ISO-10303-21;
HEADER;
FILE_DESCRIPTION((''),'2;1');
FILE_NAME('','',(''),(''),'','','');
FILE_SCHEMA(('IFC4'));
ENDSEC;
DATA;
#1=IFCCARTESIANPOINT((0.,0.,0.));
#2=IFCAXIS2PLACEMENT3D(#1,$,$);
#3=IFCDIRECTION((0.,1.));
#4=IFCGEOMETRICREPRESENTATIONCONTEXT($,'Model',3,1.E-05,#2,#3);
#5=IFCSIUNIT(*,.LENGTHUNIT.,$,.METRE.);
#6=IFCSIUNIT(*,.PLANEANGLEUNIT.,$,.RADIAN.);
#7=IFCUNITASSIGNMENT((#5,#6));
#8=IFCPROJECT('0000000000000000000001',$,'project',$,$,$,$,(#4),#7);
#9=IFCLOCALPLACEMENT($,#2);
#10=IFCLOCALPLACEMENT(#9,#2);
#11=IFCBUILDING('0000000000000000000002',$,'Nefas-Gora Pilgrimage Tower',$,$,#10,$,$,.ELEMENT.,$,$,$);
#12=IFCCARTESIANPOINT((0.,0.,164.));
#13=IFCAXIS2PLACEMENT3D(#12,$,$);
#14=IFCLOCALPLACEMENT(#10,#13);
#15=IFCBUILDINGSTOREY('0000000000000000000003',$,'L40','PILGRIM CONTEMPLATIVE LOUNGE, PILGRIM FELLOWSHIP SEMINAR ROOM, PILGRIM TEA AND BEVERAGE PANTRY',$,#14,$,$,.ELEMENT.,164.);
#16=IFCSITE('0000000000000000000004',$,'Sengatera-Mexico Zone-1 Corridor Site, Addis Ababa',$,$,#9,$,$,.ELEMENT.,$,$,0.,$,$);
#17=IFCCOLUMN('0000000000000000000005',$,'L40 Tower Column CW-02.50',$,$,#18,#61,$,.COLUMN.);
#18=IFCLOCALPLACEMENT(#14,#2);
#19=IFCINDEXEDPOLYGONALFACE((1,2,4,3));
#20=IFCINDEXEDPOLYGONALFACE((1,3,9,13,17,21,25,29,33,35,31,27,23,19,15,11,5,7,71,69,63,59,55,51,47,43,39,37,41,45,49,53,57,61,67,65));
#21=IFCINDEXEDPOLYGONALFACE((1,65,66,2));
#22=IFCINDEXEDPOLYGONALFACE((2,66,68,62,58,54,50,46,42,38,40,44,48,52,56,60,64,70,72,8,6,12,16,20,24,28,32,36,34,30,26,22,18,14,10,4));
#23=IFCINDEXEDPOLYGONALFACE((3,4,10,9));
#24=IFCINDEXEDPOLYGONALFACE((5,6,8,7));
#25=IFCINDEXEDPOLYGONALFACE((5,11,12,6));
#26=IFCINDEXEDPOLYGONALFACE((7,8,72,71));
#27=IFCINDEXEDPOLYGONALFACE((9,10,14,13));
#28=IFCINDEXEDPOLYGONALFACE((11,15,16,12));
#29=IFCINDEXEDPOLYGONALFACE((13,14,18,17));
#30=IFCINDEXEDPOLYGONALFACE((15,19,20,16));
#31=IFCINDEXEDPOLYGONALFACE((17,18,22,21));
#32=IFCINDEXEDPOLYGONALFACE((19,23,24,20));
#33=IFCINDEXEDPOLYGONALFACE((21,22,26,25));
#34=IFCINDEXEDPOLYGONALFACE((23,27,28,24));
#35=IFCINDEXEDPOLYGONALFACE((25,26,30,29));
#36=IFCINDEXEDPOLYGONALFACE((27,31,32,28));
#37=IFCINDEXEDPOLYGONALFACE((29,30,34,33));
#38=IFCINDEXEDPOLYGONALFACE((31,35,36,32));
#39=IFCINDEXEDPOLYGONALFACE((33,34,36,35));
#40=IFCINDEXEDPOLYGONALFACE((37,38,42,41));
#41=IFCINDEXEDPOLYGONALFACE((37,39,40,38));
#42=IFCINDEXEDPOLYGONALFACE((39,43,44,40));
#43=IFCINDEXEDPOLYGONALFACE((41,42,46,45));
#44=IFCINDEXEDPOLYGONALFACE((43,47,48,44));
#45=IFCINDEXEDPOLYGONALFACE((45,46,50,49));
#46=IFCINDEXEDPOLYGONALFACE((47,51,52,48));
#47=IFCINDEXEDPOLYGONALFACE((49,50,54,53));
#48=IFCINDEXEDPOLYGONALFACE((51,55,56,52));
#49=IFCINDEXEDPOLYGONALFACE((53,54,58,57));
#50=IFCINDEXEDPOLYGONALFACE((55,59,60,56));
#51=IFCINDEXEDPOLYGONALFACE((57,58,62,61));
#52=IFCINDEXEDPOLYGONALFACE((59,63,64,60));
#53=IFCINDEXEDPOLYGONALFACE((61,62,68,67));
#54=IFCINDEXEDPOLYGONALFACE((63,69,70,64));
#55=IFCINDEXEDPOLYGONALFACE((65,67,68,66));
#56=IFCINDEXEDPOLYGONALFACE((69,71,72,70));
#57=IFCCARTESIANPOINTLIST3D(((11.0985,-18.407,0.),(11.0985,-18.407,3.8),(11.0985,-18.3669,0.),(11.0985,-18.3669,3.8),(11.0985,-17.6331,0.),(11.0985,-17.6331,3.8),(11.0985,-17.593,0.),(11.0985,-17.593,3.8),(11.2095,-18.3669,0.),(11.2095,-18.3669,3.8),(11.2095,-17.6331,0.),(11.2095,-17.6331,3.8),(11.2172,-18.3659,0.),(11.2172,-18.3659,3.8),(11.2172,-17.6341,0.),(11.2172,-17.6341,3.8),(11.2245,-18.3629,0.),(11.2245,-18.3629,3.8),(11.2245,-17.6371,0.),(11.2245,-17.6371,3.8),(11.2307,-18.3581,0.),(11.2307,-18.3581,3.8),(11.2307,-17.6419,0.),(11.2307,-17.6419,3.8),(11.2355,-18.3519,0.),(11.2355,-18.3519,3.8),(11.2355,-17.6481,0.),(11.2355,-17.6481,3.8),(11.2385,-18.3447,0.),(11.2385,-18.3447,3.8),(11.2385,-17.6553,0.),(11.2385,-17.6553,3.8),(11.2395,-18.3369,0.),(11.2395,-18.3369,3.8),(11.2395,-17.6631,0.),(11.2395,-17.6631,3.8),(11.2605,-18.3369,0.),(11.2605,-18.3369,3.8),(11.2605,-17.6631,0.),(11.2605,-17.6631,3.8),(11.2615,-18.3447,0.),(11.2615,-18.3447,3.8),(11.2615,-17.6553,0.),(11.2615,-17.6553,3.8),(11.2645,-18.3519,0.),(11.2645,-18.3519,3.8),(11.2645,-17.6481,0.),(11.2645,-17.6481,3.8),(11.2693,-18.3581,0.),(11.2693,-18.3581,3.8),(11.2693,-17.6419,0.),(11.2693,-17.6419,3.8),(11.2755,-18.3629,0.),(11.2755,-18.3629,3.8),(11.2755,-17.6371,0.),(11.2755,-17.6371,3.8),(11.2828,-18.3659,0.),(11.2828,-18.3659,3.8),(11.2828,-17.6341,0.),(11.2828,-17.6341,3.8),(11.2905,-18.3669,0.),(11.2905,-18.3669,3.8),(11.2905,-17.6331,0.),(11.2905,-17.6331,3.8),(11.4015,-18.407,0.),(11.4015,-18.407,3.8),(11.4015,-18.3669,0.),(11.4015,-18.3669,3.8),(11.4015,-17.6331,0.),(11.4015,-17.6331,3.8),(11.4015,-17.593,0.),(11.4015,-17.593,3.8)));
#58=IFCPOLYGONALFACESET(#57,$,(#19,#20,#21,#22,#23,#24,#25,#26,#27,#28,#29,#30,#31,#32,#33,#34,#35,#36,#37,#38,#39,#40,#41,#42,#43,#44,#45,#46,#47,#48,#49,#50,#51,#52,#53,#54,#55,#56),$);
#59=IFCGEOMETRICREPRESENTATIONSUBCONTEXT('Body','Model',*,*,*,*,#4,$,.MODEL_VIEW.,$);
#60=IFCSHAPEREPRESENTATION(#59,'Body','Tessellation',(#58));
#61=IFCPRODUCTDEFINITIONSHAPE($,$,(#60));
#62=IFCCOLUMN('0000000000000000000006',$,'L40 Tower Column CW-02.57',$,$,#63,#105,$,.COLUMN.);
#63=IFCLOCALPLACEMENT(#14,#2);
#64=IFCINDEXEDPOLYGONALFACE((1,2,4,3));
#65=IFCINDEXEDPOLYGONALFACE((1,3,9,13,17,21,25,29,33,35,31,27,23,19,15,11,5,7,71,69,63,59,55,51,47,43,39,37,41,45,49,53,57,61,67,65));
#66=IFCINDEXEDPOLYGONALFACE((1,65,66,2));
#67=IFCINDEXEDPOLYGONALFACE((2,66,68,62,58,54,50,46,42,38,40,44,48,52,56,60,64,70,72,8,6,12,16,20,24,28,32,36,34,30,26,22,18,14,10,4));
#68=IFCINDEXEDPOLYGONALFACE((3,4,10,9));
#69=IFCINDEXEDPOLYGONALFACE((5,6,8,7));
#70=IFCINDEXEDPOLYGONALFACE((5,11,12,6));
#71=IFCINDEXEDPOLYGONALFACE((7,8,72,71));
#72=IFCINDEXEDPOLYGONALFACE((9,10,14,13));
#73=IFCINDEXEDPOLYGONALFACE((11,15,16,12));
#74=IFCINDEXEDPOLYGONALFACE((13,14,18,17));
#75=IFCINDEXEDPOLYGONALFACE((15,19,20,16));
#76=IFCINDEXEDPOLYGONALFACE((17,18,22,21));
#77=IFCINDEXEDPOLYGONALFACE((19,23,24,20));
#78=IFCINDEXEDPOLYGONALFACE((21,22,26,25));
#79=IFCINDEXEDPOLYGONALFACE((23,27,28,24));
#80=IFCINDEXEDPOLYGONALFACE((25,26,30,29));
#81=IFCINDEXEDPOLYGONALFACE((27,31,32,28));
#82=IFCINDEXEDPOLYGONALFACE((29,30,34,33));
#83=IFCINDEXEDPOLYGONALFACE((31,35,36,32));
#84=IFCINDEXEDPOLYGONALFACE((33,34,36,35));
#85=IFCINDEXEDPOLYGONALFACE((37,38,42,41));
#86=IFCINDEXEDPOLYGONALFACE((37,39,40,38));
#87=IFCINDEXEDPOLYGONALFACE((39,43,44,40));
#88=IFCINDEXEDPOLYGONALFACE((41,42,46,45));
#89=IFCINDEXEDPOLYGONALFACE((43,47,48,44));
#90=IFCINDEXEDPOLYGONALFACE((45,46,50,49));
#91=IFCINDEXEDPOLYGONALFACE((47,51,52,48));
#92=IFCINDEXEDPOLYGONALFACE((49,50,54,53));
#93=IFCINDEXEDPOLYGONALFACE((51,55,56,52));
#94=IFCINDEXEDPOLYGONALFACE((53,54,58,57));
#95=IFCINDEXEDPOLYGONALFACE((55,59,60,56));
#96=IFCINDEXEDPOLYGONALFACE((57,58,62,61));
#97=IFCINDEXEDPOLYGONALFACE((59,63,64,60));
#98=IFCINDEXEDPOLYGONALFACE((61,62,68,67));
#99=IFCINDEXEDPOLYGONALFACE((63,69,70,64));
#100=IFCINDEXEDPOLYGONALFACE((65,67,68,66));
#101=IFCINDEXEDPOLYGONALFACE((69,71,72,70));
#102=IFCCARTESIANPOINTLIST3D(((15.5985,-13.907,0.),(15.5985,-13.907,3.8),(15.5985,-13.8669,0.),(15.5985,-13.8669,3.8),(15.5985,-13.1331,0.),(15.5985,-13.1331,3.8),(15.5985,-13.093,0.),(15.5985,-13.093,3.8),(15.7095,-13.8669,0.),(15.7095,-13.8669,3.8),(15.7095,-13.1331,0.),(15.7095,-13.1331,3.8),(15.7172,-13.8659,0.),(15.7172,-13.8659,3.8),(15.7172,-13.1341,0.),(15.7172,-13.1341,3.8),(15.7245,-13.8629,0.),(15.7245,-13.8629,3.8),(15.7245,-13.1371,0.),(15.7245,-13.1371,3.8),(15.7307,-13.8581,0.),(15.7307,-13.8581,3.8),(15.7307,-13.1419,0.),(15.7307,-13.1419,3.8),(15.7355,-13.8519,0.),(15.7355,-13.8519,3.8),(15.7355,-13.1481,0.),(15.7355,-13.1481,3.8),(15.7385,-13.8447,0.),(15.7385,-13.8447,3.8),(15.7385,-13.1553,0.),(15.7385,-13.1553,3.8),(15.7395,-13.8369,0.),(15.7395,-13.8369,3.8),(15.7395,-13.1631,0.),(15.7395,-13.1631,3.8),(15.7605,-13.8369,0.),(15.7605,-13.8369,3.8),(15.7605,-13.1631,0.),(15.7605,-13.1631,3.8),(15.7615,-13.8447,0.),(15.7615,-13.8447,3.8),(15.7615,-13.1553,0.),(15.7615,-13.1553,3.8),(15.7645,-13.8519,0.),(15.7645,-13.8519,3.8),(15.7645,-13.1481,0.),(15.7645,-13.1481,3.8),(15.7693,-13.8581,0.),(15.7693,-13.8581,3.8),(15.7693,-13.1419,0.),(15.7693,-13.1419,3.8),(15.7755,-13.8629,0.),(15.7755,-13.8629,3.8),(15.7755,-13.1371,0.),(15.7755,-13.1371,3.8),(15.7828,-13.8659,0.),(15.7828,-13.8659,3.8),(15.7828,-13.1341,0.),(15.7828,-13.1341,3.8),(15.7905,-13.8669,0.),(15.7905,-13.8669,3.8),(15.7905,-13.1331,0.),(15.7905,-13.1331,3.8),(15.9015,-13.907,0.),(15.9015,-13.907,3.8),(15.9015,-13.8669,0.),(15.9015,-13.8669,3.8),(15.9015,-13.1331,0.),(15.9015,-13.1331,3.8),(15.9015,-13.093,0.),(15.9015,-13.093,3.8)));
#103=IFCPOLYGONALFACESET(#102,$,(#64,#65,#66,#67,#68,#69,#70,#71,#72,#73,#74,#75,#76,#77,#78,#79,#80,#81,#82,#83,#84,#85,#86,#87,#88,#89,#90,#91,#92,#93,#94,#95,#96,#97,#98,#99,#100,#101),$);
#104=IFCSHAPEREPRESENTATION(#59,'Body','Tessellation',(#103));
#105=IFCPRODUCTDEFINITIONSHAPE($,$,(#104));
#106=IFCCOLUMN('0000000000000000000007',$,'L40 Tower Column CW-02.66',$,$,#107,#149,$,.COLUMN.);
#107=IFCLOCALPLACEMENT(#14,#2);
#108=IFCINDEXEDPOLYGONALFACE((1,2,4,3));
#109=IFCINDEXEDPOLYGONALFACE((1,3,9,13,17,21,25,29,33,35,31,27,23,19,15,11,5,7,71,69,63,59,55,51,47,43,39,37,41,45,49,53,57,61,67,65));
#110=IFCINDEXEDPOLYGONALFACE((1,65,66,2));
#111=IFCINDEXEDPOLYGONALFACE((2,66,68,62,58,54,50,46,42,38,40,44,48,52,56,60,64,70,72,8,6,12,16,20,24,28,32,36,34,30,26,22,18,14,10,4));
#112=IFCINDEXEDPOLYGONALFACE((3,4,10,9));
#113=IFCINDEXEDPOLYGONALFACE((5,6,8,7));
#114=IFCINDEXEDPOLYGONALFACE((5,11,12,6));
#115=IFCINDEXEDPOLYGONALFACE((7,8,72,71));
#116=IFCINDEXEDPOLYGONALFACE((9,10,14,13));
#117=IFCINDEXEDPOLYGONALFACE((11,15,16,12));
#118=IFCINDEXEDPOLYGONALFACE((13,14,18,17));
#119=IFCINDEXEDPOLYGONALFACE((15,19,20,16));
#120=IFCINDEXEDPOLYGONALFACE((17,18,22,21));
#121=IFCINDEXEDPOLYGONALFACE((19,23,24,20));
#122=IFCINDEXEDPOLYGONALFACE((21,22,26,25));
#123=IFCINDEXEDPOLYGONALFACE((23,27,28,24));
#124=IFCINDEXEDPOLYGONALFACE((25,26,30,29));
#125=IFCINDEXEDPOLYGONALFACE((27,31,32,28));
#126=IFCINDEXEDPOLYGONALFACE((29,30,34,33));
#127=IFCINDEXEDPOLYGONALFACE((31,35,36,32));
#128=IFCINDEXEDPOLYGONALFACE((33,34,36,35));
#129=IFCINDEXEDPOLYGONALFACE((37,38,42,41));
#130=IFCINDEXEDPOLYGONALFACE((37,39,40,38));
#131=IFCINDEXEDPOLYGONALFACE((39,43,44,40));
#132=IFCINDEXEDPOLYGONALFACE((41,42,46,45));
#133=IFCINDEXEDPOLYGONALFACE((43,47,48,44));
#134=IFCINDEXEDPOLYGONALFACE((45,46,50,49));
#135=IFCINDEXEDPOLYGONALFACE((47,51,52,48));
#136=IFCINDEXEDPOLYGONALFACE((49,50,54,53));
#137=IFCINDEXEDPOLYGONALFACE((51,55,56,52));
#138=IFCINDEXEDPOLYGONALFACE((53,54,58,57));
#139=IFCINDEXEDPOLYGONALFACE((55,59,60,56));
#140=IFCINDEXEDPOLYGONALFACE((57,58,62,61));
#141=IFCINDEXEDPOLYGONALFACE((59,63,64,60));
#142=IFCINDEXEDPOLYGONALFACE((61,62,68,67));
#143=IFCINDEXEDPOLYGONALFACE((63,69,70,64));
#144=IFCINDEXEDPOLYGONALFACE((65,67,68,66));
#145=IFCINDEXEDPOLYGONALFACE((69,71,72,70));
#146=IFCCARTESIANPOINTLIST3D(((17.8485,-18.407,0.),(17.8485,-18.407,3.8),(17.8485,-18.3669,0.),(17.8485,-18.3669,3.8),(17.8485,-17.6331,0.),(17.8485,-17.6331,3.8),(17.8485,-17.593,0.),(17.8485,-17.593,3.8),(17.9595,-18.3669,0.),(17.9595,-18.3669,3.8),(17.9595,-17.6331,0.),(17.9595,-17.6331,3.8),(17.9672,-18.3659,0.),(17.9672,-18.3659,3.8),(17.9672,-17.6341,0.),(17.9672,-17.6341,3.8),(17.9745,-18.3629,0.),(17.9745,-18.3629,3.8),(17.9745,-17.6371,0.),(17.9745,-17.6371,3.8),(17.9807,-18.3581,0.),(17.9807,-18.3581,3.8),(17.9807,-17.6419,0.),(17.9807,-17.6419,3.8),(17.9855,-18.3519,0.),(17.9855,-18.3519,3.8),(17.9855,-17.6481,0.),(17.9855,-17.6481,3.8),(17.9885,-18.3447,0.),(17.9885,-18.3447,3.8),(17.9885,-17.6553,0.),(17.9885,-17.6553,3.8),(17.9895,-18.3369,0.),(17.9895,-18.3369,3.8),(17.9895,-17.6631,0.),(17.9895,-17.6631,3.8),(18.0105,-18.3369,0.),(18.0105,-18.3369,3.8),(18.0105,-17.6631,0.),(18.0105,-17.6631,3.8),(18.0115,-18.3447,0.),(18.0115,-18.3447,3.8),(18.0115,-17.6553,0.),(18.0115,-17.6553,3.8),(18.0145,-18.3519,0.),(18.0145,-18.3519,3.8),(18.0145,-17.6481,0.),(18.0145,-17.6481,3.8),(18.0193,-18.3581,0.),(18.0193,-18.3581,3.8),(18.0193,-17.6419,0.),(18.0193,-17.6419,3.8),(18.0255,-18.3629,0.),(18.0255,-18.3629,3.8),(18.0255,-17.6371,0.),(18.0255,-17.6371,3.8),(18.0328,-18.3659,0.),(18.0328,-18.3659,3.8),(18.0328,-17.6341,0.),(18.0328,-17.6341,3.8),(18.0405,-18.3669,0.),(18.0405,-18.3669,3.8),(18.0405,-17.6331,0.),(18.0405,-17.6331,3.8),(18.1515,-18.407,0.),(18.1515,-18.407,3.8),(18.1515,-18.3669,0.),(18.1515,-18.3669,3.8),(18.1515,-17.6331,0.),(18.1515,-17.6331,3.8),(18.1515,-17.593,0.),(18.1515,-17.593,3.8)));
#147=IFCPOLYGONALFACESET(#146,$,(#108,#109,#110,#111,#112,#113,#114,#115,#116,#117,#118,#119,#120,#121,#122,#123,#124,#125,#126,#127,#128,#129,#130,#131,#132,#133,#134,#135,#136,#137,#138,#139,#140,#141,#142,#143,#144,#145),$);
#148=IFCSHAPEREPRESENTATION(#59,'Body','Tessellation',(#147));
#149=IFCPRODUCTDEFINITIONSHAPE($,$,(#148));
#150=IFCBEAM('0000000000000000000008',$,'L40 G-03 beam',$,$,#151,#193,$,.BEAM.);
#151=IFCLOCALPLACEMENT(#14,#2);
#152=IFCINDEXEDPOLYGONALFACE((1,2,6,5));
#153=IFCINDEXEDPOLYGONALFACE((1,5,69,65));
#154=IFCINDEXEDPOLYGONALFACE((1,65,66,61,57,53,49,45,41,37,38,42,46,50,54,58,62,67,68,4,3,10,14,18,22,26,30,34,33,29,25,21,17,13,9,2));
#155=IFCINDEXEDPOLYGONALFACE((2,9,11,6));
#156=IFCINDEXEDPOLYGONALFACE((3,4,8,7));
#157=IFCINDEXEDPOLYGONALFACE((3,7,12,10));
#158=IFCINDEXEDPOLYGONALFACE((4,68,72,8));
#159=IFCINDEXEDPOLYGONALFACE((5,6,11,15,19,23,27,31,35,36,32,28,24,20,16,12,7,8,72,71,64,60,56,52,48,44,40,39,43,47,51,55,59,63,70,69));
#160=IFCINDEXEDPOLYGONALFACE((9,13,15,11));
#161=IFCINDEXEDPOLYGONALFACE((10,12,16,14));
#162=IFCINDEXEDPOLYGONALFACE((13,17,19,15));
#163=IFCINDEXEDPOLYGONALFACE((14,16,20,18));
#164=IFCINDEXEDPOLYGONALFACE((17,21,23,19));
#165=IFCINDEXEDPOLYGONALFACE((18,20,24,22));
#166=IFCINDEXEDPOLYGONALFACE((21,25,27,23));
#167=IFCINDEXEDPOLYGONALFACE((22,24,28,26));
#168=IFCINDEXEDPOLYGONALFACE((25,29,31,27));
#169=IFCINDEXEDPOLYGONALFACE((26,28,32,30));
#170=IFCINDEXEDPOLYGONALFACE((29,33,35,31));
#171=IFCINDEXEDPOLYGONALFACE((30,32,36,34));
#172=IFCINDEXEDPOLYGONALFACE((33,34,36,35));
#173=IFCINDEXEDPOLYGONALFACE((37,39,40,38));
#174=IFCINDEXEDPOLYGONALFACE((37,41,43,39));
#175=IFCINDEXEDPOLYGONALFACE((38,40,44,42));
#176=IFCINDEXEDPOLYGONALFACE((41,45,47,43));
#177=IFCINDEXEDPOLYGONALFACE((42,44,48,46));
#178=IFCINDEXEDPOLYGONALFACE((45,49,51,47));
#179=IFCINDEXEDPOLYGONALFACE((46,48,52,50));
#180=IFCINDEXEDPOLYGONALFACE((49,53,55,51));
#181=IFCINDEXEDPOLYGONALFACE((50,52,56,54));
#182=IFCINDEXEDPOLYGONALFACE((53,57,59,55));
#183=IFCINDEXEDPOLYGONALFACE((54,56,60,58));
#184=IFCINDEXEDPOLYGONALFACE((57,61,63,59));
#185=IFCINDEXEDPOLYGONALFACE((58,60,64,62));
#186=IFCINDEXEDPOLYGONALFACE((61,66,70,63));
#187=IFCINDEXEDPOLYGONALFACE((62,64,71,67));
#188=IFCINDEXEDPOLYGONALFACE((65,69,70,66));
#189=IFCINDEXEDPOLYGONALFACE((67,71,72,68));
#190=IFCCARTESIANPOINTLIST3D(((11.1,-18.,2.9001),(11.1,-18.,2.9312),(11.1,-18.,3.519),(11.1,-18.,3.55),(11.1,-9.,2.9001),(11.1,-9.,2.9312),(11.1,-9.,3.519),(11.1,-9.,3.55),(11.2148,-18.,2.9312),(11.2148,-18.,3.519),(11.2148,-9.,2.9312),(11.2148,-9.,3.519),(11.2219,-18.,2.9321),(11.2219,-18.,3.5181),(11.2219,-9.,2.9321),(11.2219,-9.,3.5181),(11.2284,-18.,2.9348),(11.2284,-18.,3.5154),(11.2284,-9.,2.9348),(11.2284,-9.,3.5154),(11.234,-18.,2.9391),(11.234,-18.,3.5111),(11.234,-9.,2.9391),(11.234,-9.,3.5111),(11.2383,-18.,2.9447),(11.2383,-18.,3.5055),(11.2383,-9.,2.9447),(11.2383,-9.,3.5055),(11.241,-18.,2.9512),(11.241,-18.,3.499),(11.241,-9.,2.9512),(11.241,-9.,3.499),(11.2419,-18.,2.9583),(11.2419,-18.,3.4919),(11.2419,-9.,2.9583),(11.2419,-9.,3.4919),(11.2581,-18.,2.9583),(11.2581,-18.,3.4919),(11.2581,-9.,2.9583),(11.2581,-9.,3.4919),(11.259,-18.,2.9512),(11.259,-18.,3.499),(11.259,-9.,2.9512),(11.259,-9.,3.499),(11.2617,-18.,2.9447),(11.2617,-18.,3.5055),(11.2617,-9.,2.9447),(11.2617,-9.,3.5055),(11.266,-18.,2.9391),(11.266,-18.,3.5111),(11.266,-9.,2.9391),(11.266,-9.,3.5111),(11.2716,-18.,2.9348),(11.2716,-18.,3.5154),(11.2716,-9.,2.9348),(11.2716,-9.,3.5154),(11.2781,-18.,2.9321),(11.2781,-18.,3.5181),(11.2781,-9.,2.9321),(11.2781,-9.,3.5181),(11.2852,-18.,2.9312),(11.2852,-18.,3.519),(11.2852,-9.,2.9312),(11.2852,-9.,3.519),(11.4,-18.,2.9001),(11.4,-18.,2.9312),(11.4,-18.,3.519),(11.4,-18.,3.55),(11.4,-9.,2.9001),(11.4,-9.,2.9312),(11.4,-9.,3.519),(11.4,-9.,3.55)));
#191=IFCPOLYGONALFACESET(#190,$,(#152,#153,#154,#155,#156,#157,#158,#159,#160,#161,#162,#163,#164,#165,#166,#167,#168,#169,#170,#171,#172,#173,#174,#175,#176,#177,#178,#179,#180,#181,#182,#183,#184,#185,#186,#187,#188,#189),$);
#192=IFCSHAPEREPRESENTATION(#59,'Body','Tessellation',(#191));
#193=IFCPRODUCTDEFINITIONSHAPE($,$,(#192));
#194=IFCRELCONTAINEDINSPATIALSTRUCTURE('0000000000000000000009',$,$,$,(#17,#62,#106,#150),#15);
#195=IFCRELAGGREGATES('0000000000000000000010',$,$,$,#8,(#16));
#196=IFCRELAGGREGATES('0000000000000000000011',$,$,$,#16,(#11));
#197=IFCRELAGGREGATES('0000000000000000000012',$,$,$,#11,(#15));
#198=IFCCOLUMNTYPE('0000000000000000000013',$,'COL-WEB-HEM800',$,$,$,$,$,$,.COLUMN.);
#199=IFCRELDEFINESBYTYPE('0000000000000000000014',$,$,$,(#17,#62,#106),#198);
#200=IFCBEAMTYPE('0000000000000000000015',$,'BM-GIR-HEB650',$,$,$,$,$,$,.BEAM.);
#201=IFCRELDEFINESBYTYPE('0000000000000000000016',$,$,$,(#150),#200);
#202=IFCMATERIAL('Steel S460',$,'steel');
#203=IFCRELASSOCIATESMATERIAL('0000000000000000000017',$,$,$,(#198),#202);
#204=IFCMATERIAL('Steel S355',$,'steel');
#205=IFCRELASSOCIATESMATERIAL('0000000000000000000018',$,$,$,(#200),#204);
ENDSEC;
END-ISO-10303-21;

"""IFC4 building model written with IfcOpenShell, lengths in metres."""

from ifc_helpers import new_model, si_unit, direction, frame, origin, origin_2d, place, context, subcontext, project, spatial, i_section, extrude, source, transform, mapped, material, material_profile, profile_set, type_object, element, save


model = new_model("IFC4")

# Units and contexts
model_context = context("Model", 3, precision=1e-05, world=origin(), true_north=direction((0.0, 1.0)))
body_context = subcontext(model_context, "Body", "Model", "MODEL_VIEW")
ifc_project = project(units=[si_unit("LENGTHUNIT", "METRE"), si_unit("PLANEANGLEUNIT", "RADIAN")], contexts=[model_context])

# Site, building, storey
site_placement = place(None, origin())
site = spatial("IfcSite", under=ifc_project, at=site_placement, Name="Sengatera-Mexico Zone-1 Corridor Site, Addis Ababa", CompositionType="ELEMENT", RefElevation=0.0)
building_placement = place(site_placement, origin())
building = spatial("IfcBuilding", under=site, at=building_placement, Name="Nefas-Gora Pilgrimage Tower", CompositionType="ELEMENT")
storey_placement = place(building_placement, frame((0.0, 0.0, 164.0)))
storey = spatial("IfcBuildingStorey", under=building, at=storey_placement, Name="L40", Description="PILGRIM CONTEMPLATIVE LOUNGE, PILGRIM FELLOWSHIP SEMINAR ROOM, PILGRIM TEA AND BEVERAGE PANTRY", CompositionType="ELEMENT", Elevation=164.0)

# Columns
ifc_material_1 = material(Name="Steel S460", Category="steel")
ifc_material_profile_1 = material_profile(ifc_material_1, i_section(OverallWidth=0.303, OverallDepth=0.814, WebThickness=0.021, FlangeThickness=0.04, FilletRadius=0.03, at=origin_2d()), Name="HEM 800")
ifc_profile_set_1 = profile_set([ifc_material_profile_1], Name="Steel S460")
column_type_1 = type_object("IfcColumnType", Name="COL-WEB-HEM800", PredefinedType="COLUMN", material=ifc_profile_set_1)
shared_shape_1 = source(origin(), body_context, "Body", "SweptSolid", [
    extrude(i_section(OverallWidth=0.303, OverallDepth=0.814, WebThickness=0.021, FlangeThickness=0.04, FilletRadius=0.03, at=origin_2d()), origin(), (0.0, 0.0, 1.0), 3.8),
])
for number, where, z_axis, x_axis, name in (
    (1, (11.25, -18.0, 0.0), (0.0, 0.0, 1.0), (1.0, 0.0, 0.0), "L40 Tower Column CW-02.50"),
    (2, (15.75, -13.5, 0.0), (0.0, 0.0, 1.0), (1.0, 0.0, 0.0), "L40 Tower Column CW-02.57"),
    (3, (18.0, -18.0, 0.0), (0.0, 0.0, 1.0), (1.0, 0.0, 0.0), "L40 Tower Column CW-02.66"),
):
    element("IfcColumn", number, at=place(storey_placement, frame(where, z_axis=z_axis, x_axis=x_axis)), inside=storey, type_object=column_type_1, Name=name, PredefinedType="COLUMN", context=body_context, shape_type="MappedRepresentation", body=[
        mapped(shared_shape_1, transform((0.0, 0.0, 0.0), x_axis=(1.0, 0.0, 0.0), y_axis=(0.0, 1.0, 0.0), z_axis=(0.0, 0.0, 1.0), scale=1.0)),
    ])

# Beam
ifc_material_2 = material(Name="Steel S355", Category="steel")
ifc_material_profile_2 = material_profile(ifc_material_2, i_section(OverallWidth=0.3, OverallDepth=0.6499, WebThickness=0.0161, FlangeThickness=0.031, FilletRadius=0.0271, at=origin_2d()), Name="HEB 650")
ifc_profile_set_2 = profile_set([ifc_material_profile_2], Name="Steel S355")
beam_type_1 = type_object("IfcBeamType", Name="BM-GIR-HEB650", PredefinedType="BEAM", material=ifc_profile_set_2)
shared_shape_2 = source(origin(), body_context, "Body", "SweptSolid", [
    extrude(i_section(OverallWidth=0.3, OverallDepth=0.6499, WebThickness=0.0161, FlangeThickness=0.031, FilletRadius=0.0271, at=origin_2d()), origin(), (0.0, 0.0, 1.0), 9.0),
])
for number, where, z_axis, x_axis, name in (
    (4, (11.25, -18.0, 3.2251), (0.0, 1.0, 0.0), (-1.0, 0.0, 0.0), "L40 G-03 beam"),
):
    element("IfcBeam", number, at=place(storey_placement, frame(where, z_axis=z_axis, x_axis=x_axis)), inside=storey, type_object=beam_type_1, Name=name, PredefinedType="BEAM", context=body_context, shape_type="MappedRepresentation", body=[
        mapped(shared_shape_2, transform((0.0, 0.0, 0.0), x_axis=(1.0, 0.0, 0.0), y_axis=(0.0, 1.0, 0.0), z_axis=(0.0, 0.0, 1.0), scale=1.0)),
    ])

save(model, "model.ifc")
